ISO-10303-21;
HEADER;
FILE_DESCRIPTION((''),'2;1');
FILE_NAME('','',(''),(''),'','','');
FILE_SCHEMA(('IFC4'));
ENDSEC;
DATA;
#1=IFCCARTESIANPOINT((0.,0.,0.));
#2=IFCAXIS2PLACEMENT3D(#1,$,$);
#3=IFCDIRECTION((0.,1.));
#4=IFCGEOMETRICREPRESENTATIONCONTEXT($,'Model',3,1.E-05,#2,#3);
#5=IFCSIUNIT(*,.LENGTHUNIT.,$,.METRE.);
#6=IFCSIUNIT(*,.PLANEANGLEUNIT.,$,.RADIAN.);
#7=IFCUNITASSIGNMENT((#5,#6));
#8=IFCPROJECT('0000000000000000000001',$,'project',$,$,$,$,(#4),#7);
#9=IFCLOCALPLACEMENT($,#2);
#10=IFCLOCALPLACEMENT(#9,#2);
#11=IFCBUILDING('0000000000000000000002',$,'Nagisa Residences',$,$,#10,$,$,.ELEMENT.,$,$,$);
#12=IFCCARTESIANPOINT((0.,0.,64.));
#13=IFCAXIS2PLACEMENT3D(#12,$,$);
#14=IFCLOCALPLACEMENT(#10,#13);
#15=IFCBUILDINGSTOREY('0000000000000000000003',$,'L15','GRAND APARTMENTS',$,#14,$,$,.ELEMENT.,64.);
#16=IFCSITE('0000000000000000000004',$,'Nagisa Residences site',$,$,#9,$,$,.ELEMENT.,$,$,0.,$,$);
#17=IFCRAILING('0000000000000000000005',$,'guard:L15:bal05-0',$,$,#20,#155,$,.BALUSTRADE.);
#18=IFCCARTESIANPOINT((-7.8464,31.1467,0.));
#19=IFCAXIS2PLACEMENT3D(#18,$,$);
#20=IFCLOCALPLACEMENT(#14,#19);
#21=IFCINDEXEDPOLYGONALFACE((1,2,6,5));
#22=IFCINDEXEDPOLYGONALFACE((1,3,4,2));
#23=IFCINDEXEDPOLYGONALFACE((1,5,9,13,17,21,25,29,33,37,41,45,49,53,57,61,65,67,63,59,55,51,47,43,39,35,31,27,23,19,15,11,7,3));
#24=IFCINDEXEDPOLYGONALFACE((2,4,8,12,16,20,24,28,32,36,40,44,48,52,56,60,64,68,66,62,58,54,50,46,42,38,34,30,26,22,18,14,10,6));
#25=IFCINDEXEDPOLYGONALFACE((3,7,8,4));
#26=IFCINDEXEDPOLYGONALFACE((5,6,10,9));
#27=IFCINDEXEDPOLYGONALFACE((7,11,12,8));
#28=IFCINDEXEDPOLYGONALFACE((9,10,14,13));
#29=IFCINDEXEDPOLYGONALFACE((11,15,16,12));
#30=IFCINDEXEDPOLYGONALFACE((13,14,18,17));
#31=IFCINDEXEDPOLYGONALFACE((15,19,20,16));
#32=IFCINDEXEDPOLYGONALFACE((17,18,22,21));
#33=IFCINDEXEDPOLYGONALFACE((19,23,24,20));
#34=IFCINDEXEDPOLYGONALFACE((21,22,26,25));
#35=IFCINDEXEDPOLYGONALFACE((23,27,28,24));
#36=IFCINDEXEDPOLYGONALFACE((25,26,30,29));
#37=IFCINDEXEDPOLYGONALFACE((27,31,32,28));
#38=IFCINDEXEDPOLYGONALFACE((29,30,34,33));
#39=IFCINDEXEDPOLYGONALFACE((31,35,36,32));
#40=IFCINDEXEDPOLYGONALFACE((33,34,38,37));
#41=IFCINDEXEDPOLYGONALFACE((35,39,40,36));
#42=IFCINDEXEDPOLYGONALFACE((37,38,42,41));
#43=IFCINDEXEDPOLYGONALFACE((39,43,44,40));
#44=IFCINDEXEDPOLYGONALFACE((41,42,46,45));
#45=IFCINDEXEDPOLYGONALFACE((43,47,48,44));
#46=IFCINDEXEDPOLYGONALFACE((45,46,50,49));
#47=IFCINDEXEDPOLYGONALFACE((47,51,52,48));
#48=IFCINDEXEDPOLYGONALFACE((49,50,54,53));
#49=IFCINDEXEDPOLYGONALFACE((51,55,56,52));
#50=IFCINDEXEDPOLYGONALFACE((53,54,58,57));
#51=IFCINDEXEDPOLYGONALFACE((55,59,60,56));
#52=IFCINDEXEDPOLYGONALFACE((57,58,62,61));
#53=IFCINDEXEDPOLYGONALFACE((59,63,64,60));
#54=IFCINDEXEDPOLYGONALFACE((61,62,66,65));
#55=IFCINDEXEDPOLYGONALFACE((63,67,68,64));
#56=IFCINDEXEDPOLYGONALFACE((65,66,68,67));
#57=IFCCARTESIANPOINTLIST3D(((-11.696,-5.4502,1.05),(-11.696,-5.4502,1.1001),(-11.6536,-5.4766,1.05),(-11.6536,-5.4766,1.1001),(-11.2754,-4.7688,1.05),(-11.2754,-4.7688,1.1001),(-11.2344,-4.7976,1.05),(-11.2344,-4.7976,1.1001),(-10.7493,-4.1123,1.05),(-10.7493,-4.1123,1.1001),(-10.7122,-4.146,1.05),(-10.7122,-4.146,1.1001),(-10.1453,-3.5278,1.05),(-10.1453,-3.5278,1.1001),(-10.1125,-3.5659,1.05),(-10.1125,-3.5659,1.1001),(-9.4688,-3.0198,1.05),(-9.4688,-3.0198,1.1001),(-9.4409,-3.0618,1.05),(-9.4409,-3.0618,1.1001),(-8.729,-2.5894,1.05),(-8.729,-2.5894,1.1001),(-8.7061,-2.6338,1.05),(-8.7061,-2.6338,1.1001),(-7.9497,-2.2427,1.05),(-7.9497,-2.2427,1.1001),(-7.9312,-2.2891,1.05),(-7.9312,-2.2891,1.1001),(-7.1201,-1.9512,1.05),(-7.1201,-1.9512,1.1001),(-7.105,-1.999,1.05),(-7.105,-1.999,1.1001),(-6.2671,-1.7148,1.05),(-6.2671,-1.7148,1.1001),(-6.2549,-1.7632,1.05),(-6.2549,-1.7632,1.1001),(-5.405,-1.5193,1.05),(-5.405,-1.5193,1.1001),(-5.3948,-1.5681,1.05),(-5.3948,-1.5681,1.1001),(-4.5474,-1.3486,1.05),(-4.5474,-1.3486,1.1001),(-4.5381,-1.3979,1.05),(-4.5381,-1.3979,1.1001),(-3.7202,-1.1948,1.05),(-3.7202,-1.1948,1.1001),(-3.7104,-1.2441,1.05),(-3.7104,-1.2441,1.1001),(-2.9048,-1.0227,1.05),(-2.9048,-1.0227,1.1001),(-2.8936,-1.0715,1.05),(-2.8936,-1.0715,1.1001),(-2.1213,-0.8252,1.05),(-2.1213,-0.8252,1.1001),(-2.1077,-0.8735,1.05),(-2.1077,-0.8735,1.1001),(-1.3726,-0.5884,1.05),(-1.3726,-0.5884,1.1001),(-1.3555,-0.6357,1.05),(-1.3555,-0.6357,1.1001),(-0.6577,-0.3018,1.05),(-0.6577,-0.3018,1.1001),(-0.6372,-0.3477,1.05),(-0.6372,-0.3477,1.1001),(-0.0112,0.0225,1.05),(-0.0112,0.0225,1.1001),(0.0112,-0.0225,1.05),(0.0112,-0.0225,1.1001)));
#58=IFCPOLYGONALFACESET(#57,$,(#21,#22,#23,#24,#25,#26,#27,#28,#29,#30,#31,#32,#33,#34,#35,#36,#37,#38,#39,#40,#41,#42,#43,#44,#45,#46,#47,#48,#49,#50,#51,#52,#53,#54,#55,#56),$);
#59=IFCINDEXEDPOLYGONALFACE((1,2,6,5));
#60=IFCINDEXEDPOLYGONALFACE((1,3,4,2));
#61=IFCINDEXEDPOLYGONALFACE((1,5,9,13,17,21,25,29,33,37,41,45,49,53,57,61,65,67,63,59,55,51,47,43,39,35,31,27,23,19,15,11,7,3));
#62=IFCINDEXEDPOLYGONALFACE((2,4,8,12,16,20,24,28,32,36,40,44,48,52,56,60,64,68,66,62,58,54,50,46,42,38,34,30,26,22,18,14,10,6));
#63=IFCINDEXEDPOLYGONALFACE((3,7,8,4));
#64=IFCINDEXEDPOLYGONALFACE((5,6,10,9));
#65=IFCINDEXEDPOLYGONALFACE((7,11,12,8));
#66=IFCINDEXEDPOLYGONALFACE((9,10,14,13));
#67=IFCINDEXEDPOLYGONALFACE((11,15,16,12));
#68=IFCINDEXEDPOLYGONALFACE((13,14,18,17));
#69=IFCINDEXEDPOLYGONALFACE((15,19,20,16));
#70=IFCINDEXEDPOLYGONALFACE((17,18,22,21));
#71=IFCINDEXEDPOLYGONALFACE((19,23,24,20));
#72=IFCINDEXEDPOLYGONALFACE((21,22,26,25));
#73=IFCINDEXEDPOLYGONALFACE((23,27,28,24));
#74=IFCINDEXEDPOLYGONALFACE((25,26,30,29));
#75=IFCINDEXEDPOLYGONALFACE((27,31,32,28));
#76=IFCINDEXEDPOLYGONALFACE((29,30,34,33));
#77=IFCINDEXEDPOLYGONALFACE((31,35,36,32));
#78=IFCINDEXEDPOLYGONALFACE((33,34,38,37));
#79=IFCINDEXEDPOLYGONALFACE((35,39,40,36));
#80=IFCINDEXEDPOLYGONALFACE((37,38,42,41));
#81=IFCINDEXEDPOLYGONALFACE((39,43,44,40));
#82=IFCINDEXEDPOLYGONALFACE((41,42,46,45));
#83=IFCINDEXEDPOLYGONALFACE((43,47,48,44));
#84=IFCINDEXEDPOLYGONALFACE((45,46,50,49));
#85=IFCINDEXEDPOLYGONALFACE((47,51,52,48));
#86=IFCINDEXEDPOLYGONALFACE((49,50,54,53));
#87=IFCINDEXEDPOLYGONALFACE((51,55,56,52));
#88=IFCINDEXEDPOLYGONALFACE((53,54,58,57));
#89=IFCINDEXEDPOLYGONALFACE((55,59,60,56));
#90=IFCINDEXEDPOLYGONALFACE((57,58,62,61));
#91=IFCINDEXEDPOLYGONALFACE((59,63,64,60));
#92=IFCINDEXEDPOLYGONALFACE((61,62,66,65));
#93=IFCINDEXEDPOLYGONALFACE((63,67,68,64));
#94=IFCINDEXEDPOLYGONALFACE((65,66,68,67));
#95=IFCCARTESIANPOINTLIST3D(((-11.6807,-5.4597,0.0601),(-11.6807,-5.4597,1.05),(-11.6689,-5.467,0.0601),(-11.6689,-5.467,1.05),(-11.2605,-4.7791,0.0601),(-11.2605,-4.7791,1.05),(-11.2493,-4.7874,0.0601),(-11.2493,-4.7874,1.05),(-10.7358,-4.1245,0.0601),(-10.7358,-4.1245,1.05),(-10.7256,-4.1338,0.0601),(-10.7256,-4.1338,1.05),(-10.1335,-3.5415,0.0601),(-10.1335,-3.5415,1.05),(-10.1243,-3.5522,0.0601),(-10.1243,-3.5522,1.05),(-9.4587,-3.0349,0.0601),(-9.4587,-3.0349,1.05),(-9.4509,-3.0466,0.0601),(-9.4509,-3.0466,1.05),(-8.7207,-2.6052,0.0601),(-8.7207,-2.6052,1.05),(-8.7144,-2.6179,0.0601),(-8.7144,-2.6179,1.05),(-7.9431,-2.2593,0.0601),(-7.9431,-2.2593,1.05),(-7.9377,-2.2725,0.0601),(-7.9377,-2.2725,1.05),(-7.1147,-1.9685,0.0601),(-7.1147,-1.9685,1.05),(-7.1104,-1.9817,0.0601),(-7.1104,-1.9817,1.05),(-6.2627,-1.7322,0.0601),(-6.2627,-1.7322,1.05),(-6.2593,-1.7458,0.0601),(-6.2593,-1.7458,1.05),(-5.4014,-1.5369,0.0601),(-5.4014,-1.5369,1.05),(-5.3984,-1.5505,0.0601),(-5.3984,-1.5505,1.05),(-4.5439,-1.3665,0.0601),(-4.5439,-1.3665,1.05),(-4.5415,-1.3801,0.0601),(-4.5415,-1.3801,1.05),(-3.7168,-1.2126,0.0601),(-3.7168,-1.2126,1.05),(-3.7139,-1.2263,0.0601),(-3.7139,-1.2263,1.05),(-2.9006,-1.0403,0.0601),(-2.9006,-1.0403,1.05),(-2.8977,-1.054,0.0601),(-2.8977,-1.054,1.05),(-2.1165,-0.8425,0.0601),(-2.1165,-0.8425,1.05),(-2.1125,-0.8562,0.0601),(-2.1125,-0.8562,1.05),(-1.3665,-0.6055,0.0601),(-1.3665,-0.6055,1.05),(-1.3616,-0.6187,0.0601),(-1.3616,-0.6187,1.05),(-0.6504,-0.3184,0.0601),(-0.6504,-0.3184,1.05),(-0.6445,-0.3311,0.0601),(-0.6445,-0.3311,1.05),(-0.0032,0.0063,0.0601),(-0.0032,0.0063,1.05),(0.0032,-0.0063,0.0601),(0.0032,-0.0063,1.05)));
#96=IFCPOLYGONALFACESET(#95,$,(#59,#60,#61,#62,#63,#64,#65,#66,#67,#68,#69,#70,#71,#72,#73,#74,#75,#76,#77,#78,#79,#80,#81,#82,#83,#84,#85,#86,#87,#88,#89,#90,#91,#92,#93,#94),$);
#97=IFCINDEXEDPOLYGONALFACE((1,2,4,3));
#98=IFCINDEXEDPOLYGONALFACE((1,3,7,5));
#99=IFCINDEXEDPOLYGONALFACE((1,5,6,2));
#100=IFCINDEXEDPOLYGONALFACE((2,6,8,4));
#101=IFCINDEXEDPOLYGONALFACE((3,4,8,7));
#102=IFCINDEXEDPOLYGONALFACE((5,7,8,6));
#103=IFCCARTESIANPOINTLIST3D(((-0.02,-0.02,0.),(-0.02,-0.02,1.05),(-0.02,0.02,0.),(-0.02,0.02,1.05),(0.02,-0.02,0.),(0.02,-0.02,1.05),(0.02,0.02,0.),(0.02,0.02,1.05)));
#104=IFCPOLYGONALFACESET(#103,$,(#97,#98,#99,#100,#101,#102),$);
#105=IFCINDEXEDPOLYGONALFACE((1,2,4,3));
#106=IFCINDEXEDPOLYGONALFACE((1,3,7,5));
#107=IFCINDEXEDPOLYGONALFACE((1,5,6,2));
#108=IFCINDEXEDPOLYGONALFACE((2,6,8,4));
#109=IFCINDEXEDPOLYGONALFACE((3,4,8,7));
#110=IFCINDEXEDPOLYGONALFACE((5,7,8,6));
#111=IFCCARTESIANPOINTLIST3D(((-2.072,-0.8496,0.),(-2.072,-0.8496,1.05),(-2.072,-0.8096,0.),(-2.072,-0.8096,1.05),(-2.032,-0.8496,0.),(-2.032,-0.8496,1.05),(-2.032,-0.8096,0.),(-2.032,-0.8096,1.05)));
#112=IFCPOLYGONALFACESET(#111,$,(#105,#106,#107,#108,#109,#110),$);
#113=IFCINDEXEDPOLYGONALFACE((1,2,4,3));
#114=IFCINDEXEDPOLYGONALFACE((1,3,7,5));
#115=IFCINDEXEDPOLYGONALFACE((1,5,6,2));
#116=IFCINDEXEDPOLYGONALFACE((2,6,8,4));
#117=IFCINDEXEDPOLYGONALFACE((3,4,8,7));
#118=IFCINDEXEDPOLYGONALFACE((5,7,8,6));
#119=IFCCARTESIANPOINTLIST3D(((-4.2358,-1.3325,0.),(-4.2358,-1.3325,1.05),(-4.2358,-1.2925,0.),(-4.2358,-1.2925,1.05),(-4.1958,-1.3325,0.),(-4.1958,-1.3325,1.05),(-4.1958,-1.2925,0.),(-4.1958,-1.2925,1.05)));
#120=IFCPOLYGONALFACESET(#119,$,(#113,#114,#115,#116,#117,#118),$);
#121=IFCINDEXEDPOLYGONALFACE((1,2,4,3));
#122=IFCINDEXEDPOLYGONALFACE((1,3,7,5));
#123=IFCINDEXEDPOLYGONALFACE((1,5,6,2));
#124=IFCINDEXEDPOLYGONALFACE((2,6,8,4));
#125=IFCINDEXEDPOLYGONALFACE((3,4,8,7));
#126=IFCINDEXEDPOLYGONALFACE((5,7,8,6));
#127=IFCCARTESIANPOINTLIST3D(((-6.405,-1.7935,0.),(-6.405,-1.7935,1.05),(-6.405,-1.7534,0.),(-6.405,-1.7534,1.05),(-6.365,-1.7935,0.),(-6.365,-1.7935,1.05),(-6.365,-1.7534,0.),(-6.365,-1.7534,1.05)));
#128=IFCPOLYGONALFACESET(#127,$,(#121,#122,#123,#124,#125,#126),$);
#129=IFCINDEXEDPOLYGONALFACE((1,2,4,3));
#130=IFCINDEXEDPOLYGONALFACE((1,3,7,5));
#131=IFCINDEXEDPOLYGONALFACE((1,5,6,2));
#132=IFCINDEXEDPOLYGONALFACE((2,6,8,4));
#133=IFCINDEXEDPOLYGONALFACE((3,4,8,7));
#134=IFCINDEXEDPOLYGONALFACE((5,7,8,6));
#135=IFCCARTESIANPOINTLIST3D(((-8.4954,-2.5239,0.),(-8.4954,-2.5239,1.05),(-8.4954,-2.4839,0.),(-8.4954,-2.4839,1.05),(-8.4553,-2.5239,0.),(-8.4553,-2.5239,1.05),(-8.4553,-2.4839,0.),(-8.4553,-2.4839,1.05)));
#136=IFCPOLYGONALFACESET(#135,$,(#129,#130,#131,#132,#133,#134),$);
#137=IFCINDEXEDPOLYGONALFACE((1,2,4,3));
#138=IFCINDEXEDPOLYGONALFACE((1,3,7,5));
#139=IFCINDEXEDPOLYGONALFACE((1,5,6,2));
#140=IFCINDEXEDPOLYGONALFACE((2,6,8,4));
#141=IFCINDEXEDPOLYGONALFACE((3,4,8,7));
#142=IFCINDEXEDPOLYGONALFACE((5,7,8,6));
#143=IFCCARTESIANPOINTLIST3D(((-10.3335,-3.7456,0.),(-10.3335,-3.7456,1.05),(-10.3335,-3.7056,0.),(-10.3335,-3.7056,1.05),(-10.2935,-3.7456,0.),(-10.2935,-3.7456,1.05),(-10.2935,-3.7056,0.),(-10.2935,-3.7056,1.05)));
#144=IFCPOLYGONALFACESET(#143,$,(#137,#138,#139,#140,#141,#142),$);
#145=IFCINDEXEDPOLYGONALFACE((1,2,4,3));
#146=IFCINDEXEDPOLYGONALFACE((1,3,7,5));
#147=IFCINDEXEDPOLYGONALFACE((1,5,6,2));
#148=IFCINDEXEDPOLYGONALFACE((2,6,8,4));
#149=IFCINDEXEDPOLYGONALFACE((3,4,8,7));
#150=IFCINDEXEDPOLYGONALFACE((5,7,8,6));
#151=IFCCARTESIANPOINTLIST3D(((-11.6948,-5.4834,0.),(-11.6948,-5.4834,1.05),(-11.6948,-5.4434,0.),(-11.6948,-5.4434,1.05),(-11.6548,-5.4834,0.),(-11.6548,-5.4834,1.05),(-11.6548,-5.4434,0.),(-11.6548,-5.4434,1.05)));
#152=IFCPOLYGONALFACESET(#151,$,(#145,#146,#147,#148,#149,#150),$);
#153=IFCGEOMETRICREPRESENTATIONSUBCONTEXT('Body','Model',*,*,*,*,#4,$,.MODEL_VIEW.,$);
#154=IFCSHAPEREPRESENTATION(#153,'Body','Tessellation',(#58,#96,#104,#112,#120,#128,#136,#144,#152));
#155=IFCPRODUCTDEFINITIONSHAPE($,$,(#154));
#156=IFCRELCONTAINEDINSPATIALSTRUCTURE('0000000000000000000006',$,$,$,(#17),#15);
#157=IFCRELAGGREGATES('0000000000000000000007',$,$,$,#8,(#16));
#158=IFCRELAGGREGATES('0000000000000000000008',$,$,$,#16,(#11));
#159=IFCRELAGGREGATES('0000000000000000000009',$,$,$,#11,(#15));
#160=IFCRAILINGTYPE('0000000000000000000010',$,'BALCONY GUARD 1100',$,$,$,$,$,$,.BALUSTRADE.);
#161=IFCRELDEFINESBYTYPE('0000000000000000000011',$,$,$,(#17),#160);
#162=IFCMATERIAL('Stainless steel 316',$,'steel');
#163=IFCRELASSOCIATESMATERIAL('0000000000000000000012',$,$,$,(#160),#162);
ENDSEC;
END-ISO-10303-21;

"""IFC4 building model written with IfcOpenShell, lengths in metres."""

from ifc_helpers import new_model, si_unit, direction, frame, origin, origin_2d, place, context, subcontext, project, spatial, polyline, rectangle, outline, extrude, material, type_object, element, save


model = new_model("IFC4")

# Units and contexts
model_context = context("Model", 3, precision=1e-05, world=origin(), true_north=direction((0.0, 1.0)))
body_context = subcontext(model_context, "Body", "Model", "MODEL_VIEW")
ifc_project = project(units=[si_unit("LENGTHUNIT", "METRE"), si_unit("PLANEANGLEUNIT", "RADIAN")], contexts=[model_context])

# Site, building, storey
site_placement = place(None, origin())
site = spatial("IfcSite", under=ifc_project, at=site_placement, Name="Nagisa Residences site", CompositionType="ELEMENT", RefElevation=0.0)
building_placement = place(site_placement, origin())
building = spatial("IfcBuilding", under=site, at=building_placement, Name="Nagisa Residences", CompositionType="ELEMENT")
storey_placement = place(building_placement, frame((0.0, 0.0, 64.0)))
storey = spatial("IfcBuildingStorey", under=building, at=storey_placement, Name="L15", Description="GRAND APARTMENTS", CompositionType="ELEMENT", Elevation=64.0)

# Railing
ifc_material_1 = material(Name="Stainless steel 316", Category="steel")
railing_type = type_object("IfcRailingType", Name="BALCONY GUARD 1100", PredefinedType="BALUSTRADE", material=ifc_material_1)
railing_placement = place(storey_placement, frame((-7.8464, 31.1467, 0.0)))
element("IfcRailing", 1, at=railing_placement, inside=storey, type_object=railing_type, Name="guard:L15:bal05-0", PredefinedType="BALUSTRADE", context=body_context, shape_type="SweptSolid", body=[
    extrude(outline(polyline([(-0.6372, -0.3477), (0.0112, -0.0225), (-0.0112, 0.0225), (-0.6577, -0.3018), (-1.3726, -0.5884), (-2.1213, -0.8252), (-2.9048, -1.0227), (-3.7202, -1.1948), (-4.5474, -1.3486), (-5.405, -1.5193), (-6.2671, -1.7148), (-7.1201, -1.9512), (-7.9497, -2.2427), (-8.729, -2.5894), (-9.4688, -3.0198), (-10.1453, -3.5278), (-10.7493, -4.1123), (-11.2754, -4.7688), (-11.696, -5.4502), (-11.6536, -5.4766), (-11.2344, -4.7976), (-10.7122, -4.146), (-10.1125, -3.5659), (-9.4409, -3.0618), (-8.7061, -2.6338), (-7.9312, -2.2891), (-7.105, -1.999), (-6.2549, -1.7632), (-5.3948, -1.5681), (-4.5381, -1.3979), (-3.7104, -1.2441), (-2.8936, -1.0715), (-2.1077, -0.8735), (-1.3555, -0.6357), (-0.6372, -0.3477)])), frame((0.0, 0.0, 1.05)), (0.0, 0.0, 1.0), 0.05),
    extrude(outline(polyline([(-0.6445, -0.3311), (0.0032, -0.0063), (-0.0032, 0.0063), (-0.6504, -0.3184), (-1.3665, -0.6055), (-2.1165, -0.8425), (-2.9006, -1.0403), (-3.7168, -1.2126), (-4.5439, -1.3665), (-5.4014, -1.5369), (-6.2627, -1.7322), (-7.1147, -1.9685), (-7.9431, -2.2593), (-8.7207, -2.6052), (-9.4587, -3.0349), (-10.1335, -3.5415), (-10.7358, -4.1245), (-11.2605, -4.7791), (-11.6807, -5.4597), (-11.6689, -5.467), (-11.2493, -4.7874), (-10.7256, -4.1338), (-10.1243, -3.5522), (-9.4509, -3.0466), (-8.7144, -2.6179), (-7.9377, -2.2725), (-7.1104, -1.9817), (-6.2593, -1.7458), (-5.3984, -1.5505), (-4.5415, -1.3801), (-3.7139, -1.2263), (-2.8977, -1.054), (-2.1125, -0.8562), (-1.3616, -0.6187), (-0.6445, -0.3311)])), frame((0.0, 0.0, 0.0601)), (0.0, 0.0, 1.0), 0.99),
    extrude(rectangle(XDim=0.04, YDim=0.04, at=origin_2d()), origin(), (0.0, 0.0, 1.0), 1.05),
    extrude(rectangle(XDim=0.04, YDim=0.04, at=origin_2d()), frame((-2.052, -0.8296, 0.0)), (0.0, 0.0, 1.0), 1.05),
    extrude(rectangle(XDim=0.04, YDim=0.04, at=origin_2d()), frame((-4.2158, -1.3125, 0.0)), (0.0, 0.0, 1.0), 1.05),
    extrude(rectangle(XDim=0.04, YDim=0.04, at=origin_2d()), frame((-6.385, -1.7734, 0.0)), (0.0, 0.0, 1.0), 1.05),
    extrude(rectangle(XDim=0.04, YDim=0.04, at=origin_2d()), frame((-8.4753, -2.5039, 0.0)), (0.0, 0.0, 1.0), 1.05),
    extrude(rectangle(XDim=0.04, YDim=0.04, at=origin_2d()), frame((-10.3135, -3.7256, 0.0)), (0.0, 0.0, 1.0), 1.05),
    extrude(rectangle(XDim=0.04, YDim=0.04, at=origin_2d()), frame((-11.6748, -5.4634, 0.0)), (0.0, 0.0, 1.0), 1.05),
])

save(model, "model.ifc")
